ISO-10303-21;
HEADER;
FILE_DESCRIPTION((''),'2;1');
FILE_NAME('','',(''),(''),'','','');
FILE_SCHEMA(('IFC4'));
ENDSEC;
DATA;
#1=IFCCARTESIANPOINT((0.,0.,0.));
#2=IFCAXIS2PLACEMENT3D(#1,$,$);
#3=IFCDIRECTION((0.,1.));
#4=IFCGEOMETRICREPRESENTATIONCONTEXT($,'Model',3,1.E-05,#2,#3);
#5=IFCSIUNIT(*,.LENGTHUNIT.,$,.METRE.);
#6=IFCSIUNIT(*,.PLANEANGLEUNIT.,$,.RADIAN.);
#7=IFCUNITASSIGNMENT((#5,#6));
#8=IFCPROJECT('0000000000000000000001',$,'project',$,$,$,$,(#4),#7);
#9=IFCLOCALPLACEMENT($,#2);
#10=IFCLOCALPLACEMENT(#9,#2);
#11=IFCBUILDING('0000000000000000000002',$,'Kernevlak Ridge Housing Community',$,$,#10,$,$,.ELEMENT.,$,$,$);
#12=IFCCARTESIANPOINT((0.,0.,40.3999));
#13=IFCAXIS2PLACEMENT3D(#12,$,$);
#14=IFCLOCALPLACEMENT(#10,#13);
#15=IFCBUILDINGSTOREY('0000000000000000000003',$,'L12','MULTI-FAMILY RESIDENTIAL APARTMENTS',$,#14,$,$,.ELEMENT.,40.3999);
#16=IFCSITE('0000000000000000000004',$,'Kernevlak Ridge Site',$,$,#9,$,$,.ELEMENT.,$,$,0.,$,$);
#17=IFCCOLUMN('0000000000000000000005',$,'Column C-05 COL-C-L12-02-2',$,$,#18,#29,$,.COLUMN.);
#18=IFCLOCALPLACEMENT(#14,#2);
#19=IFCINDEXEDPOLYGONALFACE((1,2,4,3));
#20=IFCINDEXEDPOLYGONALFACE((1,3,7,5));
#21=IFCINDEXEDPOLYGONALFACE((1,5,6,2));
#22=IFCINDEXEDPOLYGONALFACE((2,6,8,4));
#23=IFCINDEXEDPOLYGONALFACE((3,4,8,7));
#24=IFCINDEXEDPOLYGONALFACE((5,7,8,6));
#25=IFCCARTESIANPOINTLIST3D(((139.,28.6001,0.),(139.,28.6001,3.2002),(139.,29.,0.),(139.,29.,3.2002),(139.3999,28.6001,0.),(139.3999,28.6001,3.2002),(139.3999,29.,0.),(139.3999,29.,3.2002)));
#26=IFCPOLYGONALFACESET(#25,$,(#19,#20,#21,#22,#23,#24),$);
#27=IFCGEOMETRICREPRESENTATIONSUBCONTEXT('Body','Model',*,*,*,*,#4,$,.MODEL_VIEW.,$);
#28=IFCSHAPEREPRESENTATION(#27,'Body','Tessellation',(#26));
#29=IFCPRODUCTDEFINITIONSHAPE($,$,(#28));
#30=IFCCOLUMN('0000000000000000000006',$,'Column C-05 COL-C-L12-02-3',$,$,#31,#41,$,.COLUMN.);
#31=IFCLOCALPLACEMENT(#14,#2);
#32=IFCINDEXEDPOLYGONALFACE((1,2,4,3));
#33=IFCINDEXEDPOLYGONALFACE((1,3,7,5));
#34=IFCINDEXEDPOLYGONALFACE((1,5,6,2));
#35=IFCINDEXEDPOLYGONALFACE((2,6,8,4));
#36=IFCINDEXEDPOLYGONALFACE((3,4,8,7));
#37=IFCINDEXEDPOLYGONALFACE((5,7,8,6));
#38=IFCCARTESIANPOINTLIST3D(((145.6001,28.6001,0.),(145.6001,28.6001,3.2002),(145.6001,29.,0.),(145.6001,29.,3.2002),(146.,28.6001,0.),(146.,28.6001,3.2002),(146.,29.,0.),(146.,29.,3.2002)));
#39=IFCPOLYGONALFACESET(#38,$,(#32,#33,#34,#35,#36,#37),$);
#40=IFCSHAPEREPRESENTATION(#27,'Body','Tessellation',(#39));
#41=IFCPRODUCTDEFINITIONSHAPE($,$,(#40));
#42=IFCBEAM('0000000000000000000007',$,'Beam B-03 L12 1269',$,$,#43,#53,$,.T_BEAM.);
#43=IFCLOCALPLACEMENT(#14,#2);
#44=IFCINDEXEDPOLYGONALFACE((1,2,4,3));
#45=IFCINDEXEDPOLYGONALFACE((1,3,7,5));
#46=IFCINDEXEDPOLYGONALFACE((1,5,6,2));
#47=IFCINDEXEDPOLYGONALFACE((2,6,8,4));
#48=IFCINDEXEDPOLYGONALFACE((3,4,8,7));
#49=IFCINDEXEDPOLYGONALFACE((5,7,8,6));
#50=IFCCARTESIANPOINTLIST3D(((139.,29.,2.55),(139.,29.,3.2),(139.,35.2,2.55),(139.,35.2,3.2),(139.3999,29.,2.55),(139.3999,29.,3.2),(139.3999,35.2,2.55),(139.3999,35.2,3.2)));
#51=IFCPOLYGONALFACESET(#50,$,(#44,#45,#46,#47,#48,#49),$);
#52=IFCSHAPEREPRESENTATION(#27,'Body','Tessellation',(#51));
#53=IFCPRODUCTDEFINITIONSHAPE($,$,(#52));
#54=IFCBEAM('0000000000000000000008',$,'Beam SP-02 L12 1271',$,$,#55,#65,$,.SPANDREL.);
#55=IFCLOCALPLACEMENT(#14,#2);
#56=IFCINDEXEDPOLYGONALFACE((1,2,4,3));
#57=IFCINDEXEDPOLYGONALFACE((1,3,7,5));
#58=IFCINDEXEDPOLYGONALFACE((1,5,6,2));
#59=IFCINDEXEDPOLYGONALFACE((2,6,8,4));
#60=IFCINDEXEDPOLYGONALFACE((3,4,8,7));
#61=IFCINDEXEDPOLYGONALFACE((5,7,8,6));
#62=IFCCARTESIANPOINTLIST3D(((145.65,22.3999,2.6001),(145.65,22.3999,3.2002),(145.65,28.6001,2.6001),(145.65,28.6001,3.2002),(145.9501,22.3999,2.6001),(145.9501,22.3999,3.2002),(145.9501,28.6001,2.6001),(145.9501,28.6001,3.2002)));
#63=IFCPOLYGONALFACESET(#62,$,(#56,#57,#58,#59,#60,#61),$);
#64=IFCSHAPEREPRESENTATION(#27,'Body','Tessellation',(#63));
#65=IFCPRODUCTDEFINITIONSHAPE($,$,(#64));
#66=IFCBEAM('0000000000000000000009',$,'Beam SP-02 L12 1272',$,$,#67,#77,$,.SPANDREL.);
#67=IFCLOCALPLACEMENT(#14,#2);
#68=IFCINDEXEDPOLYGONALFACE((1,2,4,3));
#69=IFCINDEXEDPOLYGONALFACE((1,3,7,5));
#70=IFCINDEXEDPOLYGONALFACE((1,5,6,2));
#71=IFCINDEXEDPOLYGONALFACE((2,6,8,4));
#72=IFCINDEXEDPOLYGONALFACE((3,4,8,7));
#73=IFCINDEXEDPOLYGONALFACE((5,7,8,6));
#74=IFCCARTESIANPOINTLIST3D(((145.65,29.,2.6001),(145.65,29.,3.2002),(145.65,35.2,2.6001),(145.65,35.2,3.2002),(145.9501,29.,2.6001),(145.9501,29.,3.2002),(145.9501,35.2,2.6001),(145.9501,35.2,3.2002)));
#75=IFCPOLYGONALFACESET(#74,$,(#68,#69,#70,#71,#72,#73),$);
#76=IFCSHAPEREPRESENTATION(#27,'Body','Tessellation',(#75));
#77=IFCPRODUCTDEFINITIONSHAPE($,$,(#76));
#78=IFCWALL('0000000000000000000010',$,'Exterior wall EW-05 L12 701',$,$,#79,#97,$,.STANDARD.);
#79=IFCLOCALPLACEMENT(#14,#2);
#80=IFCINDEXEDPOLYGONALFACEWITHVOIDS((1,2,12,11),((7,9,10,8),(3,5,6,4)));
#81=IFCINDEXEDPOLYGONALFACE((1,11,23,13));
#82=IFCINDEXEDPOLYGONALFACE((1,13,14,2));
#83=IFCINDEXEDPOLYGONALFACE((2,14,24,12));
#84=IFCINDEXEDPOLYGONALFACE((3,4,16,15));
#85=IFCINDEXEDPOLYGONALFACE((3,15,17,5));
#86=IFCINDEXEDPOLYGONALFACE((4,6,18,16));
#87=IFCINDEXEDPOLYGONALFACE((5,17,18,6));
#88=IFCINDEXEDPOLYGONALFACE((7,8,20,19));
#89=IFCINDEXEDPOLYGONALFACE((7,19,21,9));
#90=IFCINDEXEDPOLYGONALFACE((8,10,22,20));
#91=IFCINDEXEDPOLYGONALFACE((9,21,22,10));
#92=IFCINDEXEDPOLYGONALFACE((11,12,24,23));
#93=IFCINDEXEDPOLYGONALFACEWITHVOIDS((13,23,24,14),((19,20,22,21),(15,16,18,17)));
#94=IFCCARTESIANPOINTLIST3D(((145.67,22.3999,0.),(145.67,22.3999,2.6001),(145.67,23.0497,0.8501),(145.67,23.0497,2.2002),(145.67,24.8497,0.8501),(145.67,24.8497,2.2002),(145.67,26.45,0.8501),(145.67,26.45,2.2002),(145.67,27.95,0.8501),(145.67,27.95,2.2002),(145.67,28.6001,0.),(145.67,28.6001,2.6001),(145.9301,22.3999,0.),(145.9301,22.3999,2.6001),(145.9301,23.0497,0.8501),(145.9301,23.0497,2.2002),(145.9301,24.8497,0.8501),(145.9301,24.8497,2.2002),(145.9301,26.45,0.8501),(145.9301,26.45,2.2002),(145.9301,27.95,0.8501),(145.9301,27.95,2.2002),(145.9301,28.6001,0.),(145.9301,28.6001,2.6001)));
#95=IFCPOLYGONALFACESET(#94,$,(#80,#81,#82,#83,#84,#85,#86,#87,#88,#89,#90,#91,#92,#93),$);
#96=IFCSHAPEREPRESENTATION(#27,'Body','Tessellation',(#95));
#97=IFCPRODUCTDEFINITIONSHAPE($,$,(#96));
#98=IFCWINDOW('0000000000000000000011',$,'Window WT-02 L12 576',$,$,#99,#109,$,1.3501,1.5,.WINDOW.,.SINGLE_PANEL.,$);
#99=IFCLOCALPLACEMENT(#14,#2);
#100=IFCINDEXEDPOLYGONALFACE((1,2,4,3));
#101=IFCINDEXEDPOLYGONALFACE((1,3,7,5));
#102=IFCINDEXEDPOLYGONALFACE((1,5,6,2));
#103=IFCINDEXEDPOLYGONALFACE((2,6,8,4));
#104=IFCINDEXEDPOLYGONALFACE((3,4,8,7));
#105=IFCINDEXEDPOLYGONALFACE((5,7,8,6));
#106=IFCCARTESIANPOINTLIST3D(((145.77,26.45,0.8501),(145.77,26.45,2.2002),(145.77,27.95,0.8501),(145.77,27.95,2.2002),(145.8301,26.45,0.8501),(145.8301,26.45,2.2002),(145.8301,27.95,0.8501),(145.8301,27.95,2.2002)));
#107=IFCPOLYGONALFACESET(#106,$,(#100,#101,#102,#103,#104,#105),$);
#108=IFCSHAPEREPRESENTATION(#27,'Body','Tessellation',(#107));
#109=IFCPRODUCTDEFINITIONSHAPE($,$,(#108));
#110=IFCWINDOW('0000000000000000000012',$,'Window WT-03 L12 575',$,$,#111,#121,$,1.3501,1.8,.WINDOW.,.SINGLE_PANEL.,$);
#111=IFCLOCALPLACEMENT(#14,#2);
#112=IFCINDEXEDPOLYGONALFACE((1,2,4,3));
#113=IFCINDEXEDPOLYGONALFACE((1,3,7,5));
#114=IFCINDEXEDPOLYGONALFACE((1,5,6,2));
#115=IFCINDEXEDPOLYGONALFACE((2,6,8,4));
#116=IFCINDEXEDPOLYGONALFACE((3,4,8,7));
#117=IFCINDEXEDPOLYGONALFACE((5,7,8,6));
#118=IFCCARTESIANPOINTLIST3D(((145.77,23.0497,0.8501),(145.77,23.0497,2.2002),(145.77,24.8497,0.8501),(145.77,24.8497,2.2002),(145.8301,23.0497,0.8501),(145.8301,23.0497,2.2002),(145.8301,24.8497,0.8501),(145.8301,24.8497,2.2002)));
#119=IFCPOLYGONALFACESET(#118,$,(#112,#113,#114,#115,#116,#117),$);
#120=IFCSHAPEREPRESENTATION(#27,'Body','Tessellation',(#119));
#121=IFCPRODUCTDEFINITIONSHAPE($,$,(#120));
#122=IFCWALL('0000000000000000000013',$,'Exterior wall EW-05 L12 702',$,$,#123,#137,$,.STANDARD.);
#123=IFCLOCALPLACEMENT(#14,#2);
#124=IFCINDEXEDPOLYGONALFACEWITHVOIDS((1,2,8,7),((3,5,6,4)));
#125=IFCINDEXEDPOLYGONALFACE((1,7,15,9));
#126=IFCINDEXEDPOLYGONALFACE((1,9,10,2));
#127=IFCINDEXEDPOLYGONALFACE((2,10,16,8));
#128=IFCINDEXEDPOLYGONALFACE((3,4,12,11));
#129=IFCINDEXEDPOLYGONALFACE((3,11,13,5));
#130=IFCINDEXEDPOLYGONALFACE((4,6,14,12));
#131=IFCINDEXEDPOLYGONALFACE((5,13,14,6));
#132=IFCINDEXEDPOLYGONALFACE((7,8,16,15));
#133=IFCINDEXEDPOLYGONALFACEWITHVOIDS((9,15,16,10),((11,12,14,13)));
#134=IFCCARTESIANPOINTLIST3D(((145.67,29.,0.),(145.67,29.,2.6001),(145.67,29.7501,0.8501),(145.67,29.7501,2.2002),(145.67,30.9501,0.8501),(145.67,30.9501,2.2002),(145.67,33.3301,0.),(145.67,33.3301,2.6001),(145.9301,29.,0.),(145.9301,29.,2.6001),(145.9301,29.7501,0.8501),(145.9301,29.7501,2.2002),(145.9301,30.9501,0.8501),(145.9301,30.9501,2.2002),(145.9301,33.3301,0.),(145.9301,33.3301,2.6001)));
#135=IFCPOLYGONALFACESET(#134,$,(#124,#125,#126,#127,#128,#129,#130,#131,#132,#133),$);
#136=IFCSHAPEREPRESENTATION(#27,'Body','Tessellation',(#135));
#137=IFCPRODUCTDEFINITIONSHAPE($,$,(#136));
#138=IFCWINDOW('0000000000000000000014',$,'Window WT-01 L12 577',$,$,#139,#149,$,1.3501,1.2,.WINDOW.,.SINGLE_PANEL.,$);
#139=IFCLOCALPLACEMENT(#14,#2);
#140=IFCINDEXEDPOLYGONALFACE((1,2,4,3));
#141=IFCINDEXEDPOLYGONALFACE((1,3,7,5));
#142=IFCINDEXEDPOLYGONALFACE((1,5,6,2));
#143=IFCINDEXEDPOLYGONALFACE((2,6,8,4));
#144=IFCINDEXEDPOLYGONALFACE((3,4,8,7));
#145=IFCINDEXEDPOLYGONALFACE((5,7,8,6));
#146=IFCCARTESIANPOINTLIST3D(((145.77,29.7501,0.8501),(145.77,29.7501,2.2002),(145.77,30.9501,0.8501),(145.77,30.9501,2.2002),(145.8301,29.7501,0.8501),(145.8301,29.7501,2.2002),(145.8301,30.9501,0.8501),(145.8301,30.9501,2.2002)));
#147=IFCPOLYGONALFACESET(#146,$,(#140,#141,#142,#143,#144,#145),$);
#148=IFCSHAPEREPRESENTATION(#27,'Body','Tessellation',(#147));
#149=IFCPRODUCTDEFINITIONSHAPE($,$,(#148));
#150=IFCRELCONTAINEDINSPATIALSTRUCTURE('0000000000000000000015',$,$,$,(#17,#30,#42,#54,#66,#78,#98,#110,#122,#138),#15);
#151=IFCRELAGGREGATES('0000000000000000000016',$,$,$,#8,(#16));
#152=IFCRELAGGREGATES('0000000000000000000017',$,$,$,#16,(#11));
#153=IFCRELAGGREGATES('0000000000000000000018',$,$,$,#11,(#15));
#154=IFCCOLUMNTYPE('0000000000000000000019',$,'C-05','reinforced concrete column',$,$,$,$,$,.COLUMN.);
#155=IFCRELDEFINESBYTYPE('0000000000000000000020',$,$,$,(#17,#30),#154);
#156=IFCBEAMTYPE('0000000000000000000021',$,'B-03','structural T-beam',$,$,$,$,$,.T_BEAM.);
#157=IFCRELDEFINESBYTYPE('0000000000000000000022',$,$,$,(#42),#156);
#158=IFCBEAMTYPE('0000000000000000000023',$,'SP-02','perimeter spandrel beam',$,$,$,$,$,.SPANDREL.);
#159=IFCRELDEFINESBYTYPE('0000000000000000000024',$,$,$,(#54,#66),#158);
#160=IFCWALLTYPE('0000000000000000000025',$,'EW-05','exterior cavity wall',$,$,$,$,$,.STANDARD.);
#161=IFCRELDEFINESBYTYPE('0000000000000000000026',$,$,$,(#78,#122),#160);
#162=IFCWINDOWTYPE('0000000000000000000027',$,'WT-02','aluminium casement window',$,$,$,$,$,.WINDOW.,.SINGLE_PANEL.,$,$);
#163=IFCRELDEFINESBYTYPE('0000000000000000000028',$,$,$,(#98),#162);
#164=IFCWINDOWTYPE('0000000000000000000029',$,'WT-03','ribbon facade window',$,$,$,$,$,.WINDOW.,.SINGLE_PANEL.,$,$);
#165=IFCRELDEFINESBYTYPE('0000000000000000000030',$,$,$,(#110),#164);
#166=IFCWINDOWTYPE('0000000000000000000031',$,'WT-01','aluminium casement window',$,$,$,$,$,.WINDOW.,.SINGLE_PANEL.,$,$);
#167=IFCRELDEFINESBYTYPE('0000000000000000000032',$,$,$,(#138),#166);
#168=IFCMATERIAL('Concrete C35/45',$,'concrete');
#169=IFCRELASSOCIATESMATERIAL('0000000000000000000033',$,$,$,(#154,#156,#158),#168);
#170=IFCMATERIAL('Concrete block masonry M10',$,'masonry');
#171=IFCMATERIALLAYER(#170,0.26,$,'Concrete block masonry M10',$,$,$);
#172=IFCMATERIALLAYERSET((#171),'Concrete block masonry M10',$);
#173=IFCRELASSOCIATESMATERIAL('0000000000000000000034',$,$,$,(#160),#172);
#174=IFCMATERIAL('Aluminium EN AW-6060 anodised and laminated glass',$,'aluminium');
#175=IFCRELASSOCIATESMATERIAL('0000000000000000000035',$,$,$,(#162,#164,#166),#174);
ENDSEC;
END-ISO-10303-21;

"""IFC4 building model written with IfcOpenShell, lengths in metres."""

from ifc_helpers import new_model, si_unit, direction, frame, frame_2d, origin, origin_2d, place, context, subcontext, project, spatial, rectangle, extrude, material, layer, layer_set, material_profile, profile_set, type_object, element, fill, save


model = new_model("IFC4")

# Units and contexts
model_context = context("Model", 3, precision=1e-05, world=origin(), true_north=direction((0.0, 1.0)))
body_context = subcontext(model_context, "Body", "Model", "MODEL_VIEW")
ifc_project = project(units=[si_unit("LENGTHUNIT", "METRE"), si_unit("PLANEANGLEUNIT", "RADIAN")], contexts=[model_context])

# Site, building, storey
site_placement = place(None, origin())
site = spatial("IfcSite", under=ifc_project, at=site_placement, Name="Kernevlak Ridge Site", CompositionType="ELEMENT", RefElevation=0.0)
building_placement = place(site_placement, origin())
building = spatial("IfcBuilding", under=site, at=building_placement, Name="Kernevlak Ridge Housing Community", CompositionType="ELEMENT")
storey_placement = place(building_placement, frame((0.0, 0.0, 40.3999)))
storey = spatial("IfcBuildingStorey", under=building, at=storey_placement, Name="L12", Description="MULTI-FAMILY RESIDENTIAL APARTMENTS", CompositionType="ELEMENT", Elevation=40.3999)

# Columns
ifc_material_1 = material(Name="Concrete C35/45", Category="concrete")
ifc_material_profile_1 = material_profile(ifc_material_1, rectangle(XDim=0.3999, YDim=0.3999, at=origin_2d()), Name="RC 400x400")
ifc_profile_set_1 = profile_set([ifc_material_profile_1], Name="Concrete C35/45")
column_type = type_object("IfcColumnType", Name="C-05", Description="reinforced concrete column", PredefinedType="COLUMN", material=ifc_profile_set_1)
for number, where, z_axis, x_axis, name in (
    (1, (139.2, 28.8, 0.0), (0.0, 0.0, 1.0), (1.0, 0.0, 0.0), "Column C-05 COL-C-L12-02-2"),
    (2, (145.8, 28.8, 0.0), (0.0, 0.0, 1.0), (1.0, 0.0, 0.0), "Column C-05 COL-C-L12-02-3"),
):
    element("IfcColumn", number, at=place(storey_placement, frame(where, z_axis=z_axis, x_axis=x_axis)), inside=storey, type_object=column_type, Name=name, PredefinedType="COLUMN", context=body_context, shape_type="SweptSolid", body=[
        extrude(rectangle(XDim=0.3999, YDim=0.3999, at=origin_2d()), origin(), (0.0, 0.0, 1.0), 3.2002),
    ])

# Beams
ifc_material_profile_2 = material_profile(ifc_material_1, rectangle(XDim=0.3999, YDim=0.6499, at=origin_2d()), Name="RC 400x650")
ifc_profile_set_2 = profile_set([ifc_material_profile_2], Name="Concrete C35/45")
beam_type_1 = type_object("IfcBeamType", Name="B-03", Description="structural T-beam", PredefinedType="T_BEAM", material=ifc_profile_set_2)
beam_1_placement = place(storey_placement, frame((139.2, 29.0, 2.875), z_axis=(0.0, 1.0, 0.0), x_axis=(-1.0, 0.0, 0.0)))
element("IfcBeam", 3, at=beam_1_placement, inside=storey, type_object=beam_type_1, Name="Beam B-03 L12 1269", PredefinedType="T_BEAM", context=body_context, shape_type="SweptSolid", body=[
    extrude(rectangle(XDim=0.3999, YDim=0.6499, at=origin_2d()), origin(), (0.0, 0.0, 1.0), 6.2),
])
ifc_material_profile_3 = material_profile(ifc_material_1, rectangle(XDim=0.3, YDim=0.6001, at=origin_2d()), Name="RC 300x600")
ifc_profile_set_3 = profile_set([ifc_material_profile_3], Name="Concrete C35/45")
beam_type_2 = type_object("IfcBeamType", Name="SP-02", Description="perimeter spandrel beam", PredefinedType="SPANDREL", material=ifc_profile_set_3)
beam_2_placement = place(storey_placement, frame((145.8, 22.3999, 2.9001), z_axis=(0.0, 1.0, 0.0), x_axis=(-1.0, 0.0, 0.0)))
element("IfcBeam", 4, at=beam_2_placement, inside=storey, type_object=beam_type_2, Name="Beam SP-02 L12 1271", PredefinedType="SPANDREL", context=body_context, shape_type="SweptSolid", body=[
    extrude(rectangle(XDim=0.3, YDim=0.6001, at=origin_2d()), origin(), (0.0, 0.0, 1.0), 6.2002),
])
beam_3_placement = place(storey_placement, frame((145.8, 29.0, 2.9001), z_axis=(0.0, 1.0, 0.0), x_axis=(-1.0, 0.0, 0.0)))
element("IfcBeam", 5, at=beam_3_placement, inside=storey, type_object=beam_type_2, Name="Beam SP-02 L12 1272", PredefinedType="SPANDREL", context=body_context, shape_type="SweptSolid", body=[
    extrude(rectangle(XDim=0.3, YDim=0.6001, at=origin_2d()), origin(), (0.0, 0.0, 1.0), 6.2),
])

# Wall, openings, windows
ifc_material_2 = material(Name="Concrete block masonry M10", Category="masonry")
ifc_layer_1 = layer(ifc_material_2, 0.26, Name="Concrete block masonry M10")
ifc_layer_set_1 = layer_set([ifc_layer_1], Name="Concrete block masonry M10")
wall_type_1 = type_object("IfcWallType", Name="EW-05", Description="exterior cavity wall", PredefinedType="STANDARD", material=ifc_layer_set_1)
wall_1_placement = place(storey_placement, frame((145.8, 22.3999, 0.0), z_axis=(0.0, 0.0, 1.0), x_axis=(0.0, 1.0, 0.0)))
wall_1 = element("IfcWall", 6, at=wall_1_placement, inside=storey, type_object=wall_type_1, Name="Exterior wall EW-05 L12 701", PredefinedType="STANDARD", context=body_context, shape_type="SweptSolid", body=[
    extrude(rectangle(XDim=6.2002, YDim=0.26, at=frame_2d((3.1001, 0.0))), origin(), (0.0, 0.0, 1.0), 2.6001),
])
opening_1_placement = place(wall_1_placement, frame((0.6499, 0.0, 0.8501)))
opening_1 = element("IfcOpeningElement", 7, at=opening_1_placement, cuts=wall_1, PredefinedType="OPENING", context=body_context, shape_type="SweptSolid", body=[
    extrude(rectangle(XDim=1.8, YDim=1.3501, at=frame_2d((0.8999, 0.675))), frame((0.0, 0.1399, 0.0), z_axis=(0.0, -1.0, 0.0), x_axis=(1.0, 0.0, 0.0)), (0.0, 0.0, 1.0), 0.28),
])
opening_2_placement = place(wall_1_placement, frame((4.05, 0.0, 0.8501)))
opening_2 = element("IfcOpeningElement", 8, at=opening_2_placement, cuts=wall_1, PredefinedType="OPENING", context=body_context, shape_type="SweptSolid", body=[
    extrude(rectangle(XDim=1.5, YDim=1.3501, at=frame_2d((0.75, 0.675))), frame((0.0, 0.1399, 0.0), z_axis=(0.0, -1.0, 0.0), x_axis=(1.0, 0.0, 0.0)), (0.0, 0.0, 1.0), 0.28),
])
ifc_material_3 = material(Name="Aluminium EN AW-6060 anodised and laminated glass", Category="aluminium")
window_type_1 = type_object("IfcWindowType", Name="WT-02", Description="aluminium casement window", PartitioningType="SINGLE_PANEL", PredefinedType="WINDOW", material=ifc_material_3)
window_1_placement = place(opening_2_placement, origin())
window_1 = element("IfcWindow", 9, at=window_1_placement, inside=storey, type_object=window_type_1, Name="Window WT-02 L12 576", OverallHeight=1.3501, OverallWidth=1.5, PartitioningType="SINGLE_PANEL", PredefinedType="WINDOW", context=body_context, shape_type="SweptSolid", body=[
    extrude(rectangle(XDim=1.5, YDim=1.3501, at=frame_2d((0.75, 0.675))), frame((0.0, 0.03, 0.0), z_axis=(0.0, -1.0, 0.0), x_axis=(1.0, 0.0, 0.0)), (0.0, 0.0, 1.0), 0.0601),
])
fill(opening_2, window_1)
window_type_2 = type_object("IfcWindowType", Name="WT-03", Description="ribbon facade window", PartitioningType="SINGLE_PANEL", PredefinedType="WINDOW", material=ifc_material_3)
window_2_placement = place(opening_1_placement, origin())
window_2 = element("IfcWindow", 10, at=window_2_placement, inside=storey, type_object=window_type_2, Name="Window WT-03 L12 575", OverallHeight=1.3501, OverallWidth=1.8, PartitioningType="SINGLE_PANEL", PredefinedType="WINDOW", context=body_context, shape_type="SweptSolid", body=[
    extrude(rectangle(XDim=1.8, YDim=1.3501, at=frame_2d((0.8999, 0.675))), frame((0.0, 0.03, 0.0), z_axis=(0.0, -1.0, 0.0), x_axis=(1.0, 0.0, 0.0)), (0.0, 0.0, 1.0), 0.0601),
])
fill(opening_1, window_2)

# Wall, opening, window
wall_2_placement = place(storey_placement, frame((145.8, 29.0, 0.0), z_axis=(0.0, 0.0, 1.0), x_axis=(0.0, 1.0, 0.0)))
wall_2 = element("IfcWall", 11, at=wall_2_placement, inside=storey, type_object=wall_type_1, Name="Exterior wall EW-05 L12 702", PredefinedType="STANDARD", context=body_context, shape_type="SweptSolid", body=[
    extrude(rectangle(XDim=4.3301, YDim=0.26, at=frame_2d((2.165, 0.0))), origin(), (0.0, 0.0, 1.0), 2.6001),
])
opening_3_placement = place(wall_2_placement, frame((0.75, 0.0, 0.8501)))
opening_3 = element("IfcOpeningElement", 12, at=opening_3_placement, cuts=wall_2, PredefinedType="OPENING", context=body_context, shape_type="SweptSolid", body=[
    extrude(rectangle(XDim=1.2, YDim=1.3501, at=frame_2d((0.6001, 0.675))), frame((0.0, 0.1399, 0.0), z_axis=(0.0, -1.0, 0.0), x_axis=(1.0, 0.0, 0.0)), (0.0, 0.0, 1.0), 0.28),
])
window_type_3 = type_object("IfcWindowType", Name="WT-01", Description="aluminium casement window", PartitioningType="SINGLE_PANEL", PredefinedType="WINDOW", material=ifc_material_3)
window_3_placement = place(opening_3_placement, origin())
window_3 = element("IfcWindow", 13, at=window_3_placement, inside=storey, type_object=window_type_3, Name="Window WT-01 L12 577", OverallHeight=1.3501, OverallWidth=1.2, PartitioningType="SINGLE_PANEL", PredefinedType="WINDOW", context=body_context, shape_type="SweptSolid", body=[
    extrude(rectangle(XDim=1.2, YDim=1.3501, at=frame_2d((0.6001, 0.675))), frame((0.0, 0.03, 0.0), z_axis=(0.0, -1.0, 0.0), x_axis=(1.0, 0.0, 0.0)), (0.0, 0.0, 1.0), 0.0601),
])
fill(opening_3, window_3)

save(model, "model.ifc")
